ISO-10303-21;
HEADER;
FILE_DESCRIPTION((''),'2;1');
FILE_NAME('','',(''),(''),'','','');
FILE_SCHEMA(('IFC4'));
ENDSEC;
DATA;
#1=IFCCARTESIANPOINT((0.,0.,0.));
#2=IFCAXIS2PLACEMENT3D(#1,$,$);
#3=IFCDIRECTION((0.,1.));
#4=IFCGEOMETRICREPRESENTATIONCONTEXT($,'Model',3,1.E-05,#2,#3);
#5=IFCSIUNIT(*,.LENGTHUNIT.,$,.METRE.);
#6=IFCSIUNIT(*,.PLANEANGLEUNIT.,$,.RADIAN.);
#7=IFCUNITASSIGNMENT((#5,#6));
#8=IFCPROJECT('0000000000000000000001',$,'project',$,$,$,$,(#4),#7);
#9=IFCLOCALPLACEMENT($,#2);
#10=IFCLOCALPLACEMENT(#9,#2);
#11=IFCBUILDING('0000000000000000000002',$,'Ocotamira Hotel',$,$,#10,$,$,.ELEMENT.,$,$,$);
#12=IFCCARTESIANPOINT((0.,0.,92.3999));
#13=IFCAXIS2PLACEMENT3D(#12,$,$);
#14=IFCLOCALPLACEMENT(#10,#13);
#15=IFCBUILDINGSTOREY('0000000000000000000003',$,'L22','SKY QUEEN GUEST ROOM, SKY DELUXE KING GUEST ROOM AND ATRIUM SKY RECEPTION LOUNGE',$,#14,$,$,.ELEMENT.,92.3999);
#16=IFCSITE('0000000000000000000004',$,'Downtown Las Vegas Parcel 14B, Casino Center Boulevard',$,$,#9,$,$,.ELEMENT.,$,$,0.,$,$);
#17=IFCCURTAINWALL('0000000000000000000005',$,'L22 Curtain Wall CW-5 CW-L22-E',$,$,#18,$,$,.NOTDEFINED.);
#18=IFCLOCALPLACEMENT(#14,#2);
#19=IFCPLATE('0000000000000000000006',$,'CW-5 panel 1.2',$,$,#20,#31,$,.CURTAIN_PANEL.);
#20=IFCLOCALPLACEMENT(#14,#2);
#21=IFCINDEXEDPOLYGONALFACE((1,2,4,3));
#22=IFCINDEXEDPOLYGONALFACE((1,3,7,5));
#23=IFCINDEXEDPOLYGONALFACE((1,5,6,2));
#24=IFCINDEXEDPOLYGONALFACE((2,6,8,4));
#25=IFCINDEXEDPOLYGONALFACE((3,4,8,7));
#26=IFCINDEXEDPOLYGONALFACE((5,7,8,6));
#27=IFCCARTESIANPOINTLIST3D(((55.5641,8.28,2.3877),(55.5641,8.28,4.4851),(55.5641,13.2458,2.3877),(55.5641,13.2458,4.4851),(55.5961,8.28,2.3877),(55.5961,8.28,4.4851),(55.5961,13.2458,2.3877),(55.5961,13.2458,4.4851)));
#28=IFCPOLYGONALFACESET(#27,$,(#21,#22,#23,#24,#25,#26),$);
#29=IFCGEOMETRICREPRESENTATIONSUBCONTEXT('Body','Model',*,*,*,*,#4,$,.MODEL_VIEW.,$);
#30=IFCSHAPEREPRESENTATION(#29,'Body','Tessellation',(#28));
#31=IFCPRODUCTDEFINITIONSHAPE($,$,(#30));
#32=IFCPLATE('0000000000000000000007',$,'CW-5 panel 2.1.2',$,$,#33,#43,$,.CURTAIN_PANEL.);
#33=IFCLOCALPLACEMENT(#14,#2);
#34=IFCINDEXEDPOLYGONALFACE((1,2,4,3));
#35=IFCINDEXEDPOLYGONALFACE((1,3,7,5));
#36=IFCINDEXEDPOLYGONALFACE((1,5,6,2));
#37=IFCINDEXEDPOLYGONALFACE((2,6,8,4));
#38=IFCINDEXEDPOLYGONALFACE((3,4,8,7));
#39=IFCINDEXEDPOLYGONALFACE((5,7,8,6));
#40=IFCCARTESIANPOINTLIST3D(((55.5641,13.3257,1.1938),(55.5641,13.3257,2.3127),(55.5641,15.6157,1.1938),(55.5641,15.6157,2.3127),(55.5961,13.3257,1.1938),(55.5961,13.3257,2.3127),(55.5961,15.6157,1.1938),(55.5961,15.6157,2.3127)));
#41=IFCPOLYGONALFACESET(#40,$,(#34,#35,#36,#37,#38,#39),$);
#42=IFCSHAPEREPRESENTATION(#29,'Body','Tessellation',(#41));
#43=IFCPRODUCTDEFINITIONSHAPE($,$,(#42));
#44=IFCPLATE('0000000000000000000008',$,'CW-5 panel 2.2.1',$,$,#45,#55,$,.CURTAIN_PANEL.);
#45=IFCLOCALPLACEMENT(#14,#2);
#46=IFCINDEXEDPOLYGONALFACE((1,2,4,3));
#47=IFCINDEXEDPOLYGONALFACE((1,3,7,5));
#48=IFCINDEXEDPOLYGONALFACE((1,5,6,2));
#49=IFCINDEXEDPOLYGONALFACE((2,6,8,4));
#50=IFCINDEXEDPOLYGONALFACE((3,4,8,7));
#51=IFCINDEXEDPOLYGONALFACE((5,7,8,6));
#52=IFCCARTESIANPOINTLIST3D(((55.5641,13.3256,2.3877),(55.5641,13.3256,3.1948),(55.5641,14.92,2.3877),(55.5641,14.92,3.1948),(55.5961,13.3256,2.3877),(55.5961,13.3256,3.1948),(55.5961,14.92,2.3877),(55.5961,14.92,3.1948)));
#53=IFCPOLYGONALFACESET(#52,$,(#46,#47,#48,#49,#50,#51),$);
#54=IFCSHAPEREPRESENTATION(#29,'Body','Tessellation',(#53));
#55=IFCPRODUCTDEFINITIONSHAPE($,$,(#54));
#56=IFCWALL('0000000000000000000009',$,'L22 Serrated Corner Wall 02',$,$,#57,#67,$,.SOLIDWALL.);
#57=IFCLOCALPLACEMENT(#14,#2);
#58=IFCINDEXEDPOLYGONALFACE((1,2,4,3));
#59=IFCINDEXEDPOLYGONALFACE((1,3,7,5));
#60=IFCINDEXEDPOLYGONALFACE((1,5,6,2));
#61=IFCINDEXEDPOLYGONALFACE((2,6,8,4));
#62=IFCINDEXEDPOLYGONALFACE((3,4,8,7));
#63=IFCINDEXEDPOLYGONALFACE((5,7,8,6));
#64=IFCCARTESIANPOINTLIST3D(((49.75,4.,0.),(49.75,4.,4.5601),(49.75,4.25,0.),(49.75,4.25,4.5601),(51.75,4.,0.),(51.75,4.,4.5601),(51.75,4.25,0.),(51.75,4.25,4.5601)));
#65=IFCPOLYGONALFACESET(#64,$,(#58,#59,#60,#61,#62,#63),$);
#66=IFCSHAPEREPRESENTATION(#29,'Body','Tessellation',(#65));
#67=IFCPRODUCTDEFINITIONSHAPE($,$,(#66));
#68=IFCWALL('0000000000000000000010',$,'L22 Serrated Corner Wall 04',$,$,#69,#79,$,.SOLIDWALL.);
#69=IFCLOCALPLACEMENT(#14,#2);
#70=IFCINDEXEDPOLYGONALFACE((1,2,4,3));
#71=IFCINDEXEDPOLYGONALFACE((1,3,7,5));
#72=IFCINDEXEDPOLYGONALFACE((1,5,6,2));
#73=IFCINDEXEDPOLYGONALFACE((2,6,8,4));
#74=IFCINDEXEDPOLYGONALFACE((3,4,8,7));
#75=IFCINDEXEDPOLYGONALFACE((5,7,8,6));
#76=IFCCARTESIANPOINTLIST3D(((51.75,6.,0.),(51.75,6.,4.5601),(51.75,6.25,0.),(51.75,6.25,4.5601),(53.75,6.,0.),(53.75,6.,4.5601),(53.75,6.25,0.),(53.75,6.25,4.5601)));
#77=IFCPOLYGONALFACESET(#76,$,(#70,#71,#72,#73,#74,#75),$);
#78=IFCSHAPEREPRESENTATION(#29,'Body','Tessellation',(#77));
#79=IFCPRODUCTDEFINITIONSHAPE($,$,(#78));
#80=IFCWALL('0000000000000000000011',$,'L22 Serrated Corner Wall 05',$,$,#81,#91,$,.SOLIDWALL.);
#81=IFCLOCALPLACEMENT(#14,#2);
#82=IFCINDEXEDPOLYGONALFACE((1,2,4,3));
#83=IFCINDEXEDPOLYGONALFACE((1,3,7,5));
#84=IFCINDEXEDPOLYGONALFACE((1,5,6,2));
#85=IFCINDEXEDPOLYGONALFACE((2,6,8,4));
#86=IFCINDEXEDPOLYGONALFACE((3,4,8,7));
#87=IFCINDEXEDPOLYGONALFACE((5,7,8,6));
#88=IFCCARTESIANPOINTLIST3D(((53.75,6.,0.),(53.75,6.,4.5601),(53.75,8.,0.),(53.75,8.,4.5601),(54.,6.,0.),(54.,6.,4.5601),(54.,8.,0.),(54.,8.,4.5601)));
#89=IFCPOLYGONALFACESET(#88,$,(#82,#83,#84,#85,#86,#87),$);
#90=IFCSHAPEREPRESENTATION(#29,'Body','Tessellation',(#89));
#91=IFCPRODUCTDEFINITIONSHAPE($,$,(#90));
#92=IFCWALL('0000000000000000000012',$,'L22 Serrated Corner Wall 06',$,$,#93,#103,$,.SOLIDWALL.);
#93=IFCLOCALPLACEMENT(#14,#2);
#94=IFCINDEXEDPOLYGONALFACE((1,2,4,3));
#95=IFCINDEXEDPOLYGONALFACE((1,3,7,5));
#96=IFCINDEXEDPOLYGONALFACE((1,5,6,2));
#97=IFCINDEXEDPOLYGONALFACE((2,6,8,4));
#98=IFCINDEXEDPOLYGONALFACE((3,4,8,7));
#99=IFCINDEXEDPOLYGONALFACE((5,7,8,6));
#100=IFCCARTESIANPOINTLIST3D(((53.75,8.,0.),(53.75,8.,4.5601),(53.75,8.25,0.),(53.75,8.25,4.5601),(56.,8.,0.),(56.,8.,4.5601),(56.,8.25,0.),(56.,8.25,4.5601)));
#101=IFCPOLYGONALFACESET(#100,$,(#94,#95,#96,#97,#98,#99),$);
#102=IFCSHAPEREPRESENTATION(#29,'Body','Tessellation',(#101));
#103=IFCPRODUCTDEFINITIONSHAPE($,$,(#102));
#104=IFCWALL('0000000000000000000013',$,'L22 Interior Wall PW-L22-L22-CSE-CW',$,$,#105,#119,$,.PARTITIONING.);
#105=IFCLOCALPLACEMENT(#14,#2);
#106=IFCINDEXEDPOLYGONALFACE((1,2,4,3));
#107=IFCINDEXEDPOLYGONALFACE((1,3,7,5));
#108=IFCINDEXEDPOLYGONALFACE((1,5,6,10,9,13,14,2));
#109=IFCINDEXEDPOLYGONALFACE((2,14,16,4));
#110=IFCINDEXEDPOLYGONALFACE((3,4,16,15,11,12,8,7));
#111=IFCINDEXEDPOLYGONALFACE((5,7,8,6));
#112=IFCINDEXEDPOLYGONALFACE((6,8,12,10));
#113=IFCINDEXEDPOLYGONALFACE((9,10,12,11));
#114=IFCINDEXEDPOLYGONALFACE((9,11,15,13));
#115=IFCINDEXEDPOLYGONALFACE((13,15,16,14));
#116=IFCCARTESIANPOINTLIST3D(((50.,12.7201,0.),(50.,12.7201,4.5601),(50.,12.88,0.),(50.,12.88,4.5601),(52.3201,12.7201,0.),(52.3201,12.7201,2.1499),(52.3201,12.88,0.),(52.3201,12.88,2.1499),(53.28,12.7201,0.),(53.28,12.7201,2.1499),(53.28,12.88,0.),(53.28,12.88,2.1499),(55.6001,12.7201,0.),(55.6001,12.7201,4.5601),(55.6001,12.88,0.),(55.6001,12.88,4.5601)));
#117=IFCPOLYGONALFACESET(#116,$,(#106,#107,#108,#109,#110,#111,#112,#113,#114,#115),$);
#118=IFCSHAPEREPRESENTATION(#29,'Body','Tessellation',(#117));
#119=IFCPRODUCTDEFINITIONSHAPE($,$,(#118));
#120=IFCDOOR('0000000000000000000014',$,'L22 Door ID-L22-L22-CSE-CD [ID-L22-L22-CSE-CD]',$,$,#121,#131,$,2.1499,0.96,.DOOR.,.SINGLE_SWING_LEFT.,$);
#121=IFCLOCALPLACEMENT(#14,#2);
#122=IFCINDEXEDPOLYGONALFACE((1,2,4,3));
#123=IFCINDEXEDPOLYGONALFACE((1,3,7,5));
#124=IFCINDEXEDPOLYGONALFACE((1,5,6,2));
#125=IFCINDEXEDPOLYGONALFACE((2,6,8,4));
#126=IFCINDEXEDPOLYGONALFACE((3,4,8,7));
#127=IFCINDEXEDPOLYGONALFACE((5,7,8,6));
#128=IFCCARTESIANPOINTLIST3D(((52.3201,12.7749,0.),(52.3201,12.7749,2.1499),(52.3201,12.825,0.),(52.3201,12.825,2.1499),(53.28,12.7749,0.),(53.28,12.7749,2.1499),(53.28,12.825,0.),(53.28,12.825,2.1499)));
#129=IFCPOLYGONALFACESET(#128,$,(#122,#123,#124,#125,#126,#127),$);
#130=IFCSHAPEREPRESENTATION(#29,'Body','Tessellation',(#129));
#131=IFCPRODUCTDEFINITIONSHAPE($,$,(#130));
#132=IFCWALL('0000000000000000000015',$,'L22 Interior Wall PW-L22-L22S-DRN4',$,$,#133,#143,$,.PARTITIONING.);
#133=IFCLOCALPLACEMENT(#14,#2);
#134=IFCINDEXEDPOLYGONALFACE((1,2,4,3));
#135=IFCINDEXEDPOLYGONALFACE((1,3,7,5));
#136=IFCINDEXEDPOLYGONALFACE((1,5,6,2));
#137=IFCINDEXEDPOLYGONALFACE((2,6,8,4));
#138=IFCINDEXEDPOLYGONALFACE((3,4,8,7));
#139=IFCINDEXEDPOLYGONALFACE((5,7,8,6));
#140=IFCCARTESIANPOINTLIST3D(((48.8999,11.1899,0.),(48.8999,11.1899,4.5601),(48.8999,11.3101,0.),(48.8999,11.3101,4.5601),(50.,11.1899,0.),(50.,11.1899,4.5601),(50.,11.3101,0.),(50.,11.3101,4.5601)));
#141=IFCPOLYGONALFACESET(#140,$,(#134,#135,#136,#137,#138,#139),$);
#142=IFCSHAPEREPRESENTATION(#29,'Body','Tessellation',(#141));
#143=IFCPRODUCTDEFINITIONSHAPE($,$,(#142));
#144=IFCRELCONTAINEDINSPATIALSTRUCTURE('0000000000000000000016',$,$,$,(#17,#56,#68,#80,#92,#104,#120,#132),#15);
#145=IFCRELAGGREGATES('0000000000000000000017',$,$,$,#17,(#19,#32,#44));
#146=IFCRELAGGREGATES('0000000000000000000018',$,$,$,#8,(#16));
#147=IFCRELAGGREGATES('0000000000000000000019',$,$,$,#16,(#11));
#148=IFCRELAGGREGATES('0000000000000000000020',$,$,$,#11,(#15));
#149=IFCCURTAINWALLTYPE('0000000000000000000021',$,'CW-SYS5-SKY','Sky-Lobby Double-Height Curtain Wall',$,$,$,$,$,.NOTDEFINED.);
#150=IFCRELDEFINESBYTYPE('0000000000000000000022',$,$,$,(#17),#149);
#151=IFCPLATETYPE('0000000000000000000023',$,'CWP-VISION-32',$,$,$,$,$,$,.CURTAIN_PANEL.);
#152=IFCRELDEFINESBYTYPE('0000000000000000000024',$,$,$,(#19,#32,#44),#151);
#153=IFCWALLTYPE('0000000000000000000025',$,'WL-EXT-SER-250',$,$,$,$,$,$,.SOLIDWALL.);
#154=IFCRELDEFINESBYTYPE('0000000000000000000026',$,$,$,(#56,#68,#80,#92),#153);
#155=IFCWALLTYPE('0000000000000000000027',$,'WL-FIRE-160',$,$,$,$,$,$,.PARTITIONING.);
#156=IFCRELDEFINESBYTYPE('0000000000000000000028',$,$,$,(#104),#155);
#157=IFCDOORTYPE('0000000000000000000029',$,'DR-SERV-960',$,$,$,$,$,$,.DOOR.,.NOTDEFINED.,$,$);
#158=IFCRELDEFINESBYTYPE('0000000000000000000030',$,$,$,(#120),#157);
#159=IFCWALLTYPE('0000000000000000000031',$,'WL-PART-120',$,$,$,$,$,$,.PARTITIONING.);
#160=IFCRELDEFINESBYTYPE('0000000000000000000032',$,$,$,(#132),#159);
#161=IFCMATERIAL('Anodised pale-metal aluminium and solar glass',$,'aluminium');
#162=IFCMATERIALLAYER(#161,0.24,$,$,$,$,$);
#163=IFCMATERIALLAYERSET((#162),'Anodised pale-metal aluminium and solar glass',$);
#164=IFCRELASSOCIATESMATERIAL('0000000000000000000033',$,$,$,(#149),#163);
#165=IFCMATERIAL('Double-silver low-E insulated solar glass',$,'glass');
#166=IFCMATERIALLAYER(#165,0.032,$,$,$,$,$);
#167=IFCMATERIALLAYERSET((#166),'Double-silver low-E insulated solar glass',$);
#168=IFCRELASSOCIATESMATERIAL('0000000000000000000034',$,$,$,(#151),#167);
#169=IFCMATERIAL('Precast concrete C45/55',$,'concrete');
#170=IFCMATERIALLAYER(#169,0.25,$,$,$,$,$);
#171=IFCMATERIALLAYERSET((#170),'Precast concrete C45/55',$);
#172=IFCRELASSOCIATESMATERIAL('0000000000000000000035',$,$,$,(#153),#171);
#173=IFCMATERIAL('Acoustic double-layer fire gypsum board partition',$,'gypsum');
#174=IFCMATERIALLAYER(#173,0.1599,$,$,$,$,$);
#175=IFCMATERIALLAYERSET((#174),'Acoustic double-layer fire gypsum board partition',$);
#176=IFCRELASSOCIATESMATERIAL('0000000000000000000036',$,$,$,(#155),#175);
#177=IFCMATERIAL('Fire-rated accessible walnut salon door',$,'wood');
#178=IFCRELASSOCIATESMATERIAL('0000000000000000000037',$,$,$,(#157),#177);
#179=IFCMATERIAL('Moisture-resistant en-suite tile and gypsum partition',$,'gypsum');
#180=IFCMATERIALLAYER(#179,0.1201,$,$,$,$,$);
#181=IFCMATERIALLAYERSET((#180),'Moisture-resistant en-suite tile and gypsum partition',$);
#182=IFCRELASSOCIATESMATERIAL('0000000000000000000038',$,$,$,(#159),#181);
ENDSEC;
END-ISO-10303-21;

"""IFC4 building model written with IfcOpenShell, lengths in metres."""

from ifc_helpers import new_model, si_unit, direction, frame, frame_2d, origin, origin_2d, place, context, subcontext, project, spatial, rectangle, extrude, source, transform, mapped, material, layer, layer_set, type_object, element, fill, aggregate, save


model = new_model("IFC4")

# Units and contexts
model_context = context("Model", 3, precision=1e-05, world=origin(), true_north=direction((0.0, 1.0)))
body_context = subcontext(model_context, "Body", "Model", "MODEL_VIEW")
ifc_project = project(units=[si_unit("LENGTHUNIT", "METRE"), si_unit("PLANEANGLEUNIT", "RADIAN")], contexts=[model_context])

# Site, building, storey
site_placement = place(None, origin())
site = spatial("IfcSite", under=ifc_project, at=site_placement, Name="Downtown Las Vegas Parcel 14B, Casino Center Boulevard", CompositionType="ELEMENT", RefElevation=0.0)
building_placement = place(site_placement, origin())
building = spatial("IfcBuilding", under=site, at=building_placement, Name="Ocotamira Hotel", CompositionType="ELEMENT")
storey_placement = place(building_placement, frame((0.0, 0.0, 92.3999)))
storey = spatial("IfcBuildingStorey", under=building, at=storey_placement, Name="L22", Description="SKY QUEEN GUEST ROOM, SKY DELUXE KING GUEST ROOM AND ATRIUM SKY RECEPTION LOUNGE", CompositionType="ELEMENT", Elevation=92.3999)

# Curtain wall, plates
ifc_material_1 = material(Name="Anodised pale-metal aluminium and solar glass", Category="aluminium")
ifc_layer_1 = layer(ifc_material_1, 0.24)
ifc_layer_set_1 = layer_set([ifc_layer_1], Name="Anodised pale-metal aluminium and solar glass")
curtain_wall_type = type_object("IfcCurtainWallType", Name="CW-SYS5-SKY", Description="Sky-Lobby Double-Height Curtain Wall", PredefinedType="NOTDEFINED", material=ifc_layer_set_1)
curtain_wall_placement = place(storey_placement, origin())
curtain_wall = element("IfcCurtainWall", 1, at=curtain_wall_placement, inside=storey, type_object=curtain_wall_type, Name="L22 Curtain Wall CW-5 CW-L22-E", PredefinedType="NOTDEFINED")
ifc_material_2 = material(Name="Double-silver low-E insulated solar glass", Category="glass")
ifc_layer_2 = layer(ifc_material_2, 0.032)
ifc_layer_set_2 = layer_set([ifc_layer_2], Name="Double-silver low-E insulated solar glass")
plate_type = type_object("IfcPlateType", Name="CWP-VISION-32", PredefinedType="CURTAIN_PANEL", material=ifc_layer_set_2)
shared_shape_1 = source(origin(), body_context, "Body", "SweptSolid", [
    extrude(rectangle(XDim=4.9658, YDim=0.032, at=origin_2d()), origin(), (0.0, 0.0, 1.0), 2.0974),
])
plate_1_placement = place(storey_placement, frame((55.5801, 10.7629, 2.3877), z_axis=(0.0, 0.0, 1.0), x_axis=(0.0, 1.0, 0.0)))
plate_1 = element("IfcPlate", 2, at=plate_1_placement, type_object=plate_type, Name="CW-5 panel 1.2", PredefinedType="CURTAIN_PANEL", context=body_context, shape_type="MappedRepresentation", body=[
    mapped(shared_shape_1, transform((0.0, 0.0, 0.0), scale=1.0)),
])
shared_shape_2 = source(origin(), body_context, "Body", "SweptSolid", [
    extrude(rectangle(XDim=2.29, YDim=0.032, at=origin_2d()), origin(), (0.0, 0.0, 1.0), 1.1189),
])
plate_2_placement = place(storey_placement, frame((55.5801, 14.4707, 1.1938), z_axis=(0.0, 0.0, 1.0), x_axis=(0.0, 1.0, 0.0)))
plate_2 = element("IfcPlate", 3, at=plate_2_placement, type_object=plate_type, Name="CW-5 panel 2.1.2", PredefinedType="CURTAIN_PANEL", context=body_context, shape_type="MappedRepresentation", body=[
    mapped(shared_shape_2, transform((0.0, 0.0, 0.0), scale=1.0)),
])
shared_shape_3 = source(origin(), body_context, "Body", "SweptSolid", [
    extrude(rectangle(XDim=1.5945, YDim=0.032, at=origin_2d()), origin(), (0.0, 0.0, 1.0), 0.8071),
])
plate_3_placement = place(storey_placement, frame((55.5801, 14.1228, 2.3877), z_axis=(0.0, 0.0, 1.0), x_axis=(0.0, 1.0, 0.0)))
plate_3 = element("IfcPlate", 4, at=plate_3_placement, type_object=plate_type, Name="CW-5 panel 2.2.1", PredefinedType="CURTAIN_PANEL", context=body_context, shape_type="MappedRepresentation", body=[
    mapped(shared_shape_3, transform((0.0, 0.0, 0.0), scale=1.0)),
])
aggregate(curtain_wall, [plate_1, plate_2, plate_3])

# Walls
ifc_material_3 = material(Name="Precast concrete C45/55", Category="concrete")
ifc_layer_3 = layer(ifc_material_3, 0.25)
ifc_layer_set_3 = layer_set([ifc_layer_3], Name="Precast concrete C45/55")
wall_type_1 = type_object("IfcWallType", Name="WL-EXT-SER-250", PredefinedType="SOLIDWALL", material=ifc_layer_set_3)
for number, where, z_axis, x_axis, name in (
    (5, (49.75, 4.125, 0.0), (0.0, 0.0, 1.0), (1.0, 0.0, 0.0), "L22 Serrated Corner Wall 02"),
    (6, (51.75, 6.125, 0.0), (0.0, 0.0, 1.0), (1.0, 0.0, 0.0), "L22 Serrated Corner Wall 04"),
    (7, (53.875, 6.0, 0.0), (0.0, 0.0, 1.0), (0.0, 1.0, 0.0), "L22 Serrated Corner Wall 05"),
):
    element("IfcWall", number, at=place(storey_placement, frame(where, z_axis=z_axis, x_axis=x_axis)), inside=storey, type_object=wall_type_1, Name=name, PredefinedType="SOLIDWALL", context=body_context, shape_type="SweptSolid", body=[
        extrude(rectangle(XDim=2.0, YDim=0.25, at=frame_2d((1.0, 0.0))), origin(), (0.0, 0.0, 1.0), 4.5601),
    ])
wall_1_placement = place(storey_placement, frame((53.75, 8.125, 0.0), z_axis=(0.0, 0.0, 1.0), x_axis=(1.0, 0.0, 0.0)))
element("IfcWall", 8, at=wall_1_placement, inside=storey, type_object=wall_type_1, Name="L22 Serrated Corner Wall 06", PredefinedType="SOLIDWALL", context=body_context, shape_type="SweptSolid", body=[
    extrude(rectangle(XDim=2.25, YDim=0.25, at=frame_2d((1.125, 0.0))), origin(), (0.0, 0.0, 1.0), 4.5601),
])

# Wall, opening, door
ifc_material_4 = material(Name="Acoustic double-layer fire gypsum board partition", Category="gypsum")
ifc_layer_4 = layer(ifc_material_4, 0.1599)
ifc_layer_set_4 = layer_set([ifc_layer_4], Name="Acoustic double-layer fire gypsum board partition")
wall_type_2 = type_object("IfcWallType", Name="WL-FIRE-160", PredefinedType="PARTITIONING", material=ifc_layer_set_4)
wall_2_placement = place(storey_placement, frame((50.0, 12.8, 0.0), z_axis=(0.0, 0.0, 1.0), x_axis=(1.0, 0.0, 0.0)))
wall_2 = element("IfcWall", 9, at=wall_2_placement, inside=storey, type_object=wall_type_2, Name="L22 Interior Wall PW-L22-L22-CSE-CW", PredefinedType="PARTITIONING", context=body_context, shape_type="SweptSolid", body=[
    extrude(rectangle(XDim=5.6001, YDim=0.1599, at=frame_2d((2.8, 0.0))), origin(), (0.0, 0.0, 1.0), 4.5601),
])
opening_placement = place(wall_2_placement, frame((2.3201, 0.0, 0.0)))
opening = element("IfcOpeningElement", 10, at=opening_placement, cuts=wall_2, PredefinedType="OPENING", context=body_context, shape_type="SweptSolid", body=[
    extrude(rectangle(XDim=0.96, YDim=2.1499, at=frame_2d((0.48, 1.075))), frame((0.0, 0.0898, 0.0), z_axis=(0.0, -1.0, 0.0), x_axis=(1.0, 0.0, 0.0)), (0.0, 0.0, 1.0), 0.1799),
])
ifc_material_5 = material(Name="Fire-rated accessible walnut salon door", Category="wood")
door_type = type_object("IfcDoorType", Name="DR-SERV-960", OperationType="NOTDEFINED", PredefinedType="DOOR", material=ifc_material_5)
shared_shape_4 = source(origin(), body_context, "Body", "SweptSolid", [
    extrude(rectangle(XDim=0.96, YDim=2.1499, at=frame_2d((0.48, 1.075))), frame((0.0, 0.0249, 0.0), z_axis=(0.0, -1.0, 0.0), x_axis=(1.0, 0.0, 0.0)), (0.0, 0.0, 1.0), 0.05),
])
door_placement = place(opening_placement, origin())
door = element("IfcDoor", 11, at=door_placement, inside=storey, type_object=door_type, Name="L22 Door ID-L22-L22-CSE-CD [ID-L22-L22-CSE-CD]", OperationType="SINGLE_SWING_LEFT", OverallHeight=2.1499, OverallWidth=0.96, PredefinedType="DOOR", context=body_context, shape_type="MappedRepresentation", body=[
    mapped(shared_shape_4, transform((0.0, 0.0, 0.0), scale=1.0)),
])
fill(opening, door)

# Wall
ifc_material_6 = material(Name="Moisture-resistant en-suite tile and gypsum partition", Category="gypsum")
ifc_layer_5 = layer(ifc_material_6, 0.1201)
ifc_layer_set_5 = layer_set([ifc_layer_5], Name="Moisture-resistant en-suite tile and gypsum partition")
wall_type_3 = type_object("IfcWallType", Name="WL-PART-120", PredefinedType="PARTITIONING", material=ifc_layer_set_5)
wall_3_placement = place(storey_placement, frame((48.8999, 11.25, 0.0), z_axis=(0.0, 0.0, 1.0), x_axis=(1.0, 0.0, 0.0)))
element("IfcWall", 12, at=wall_3_placement, inside=storey, type_object=wall_type_3, Name="L22 Interior Wall PW-L22-L22S-DRN4", PredefinedType="PARTITIONING", context=body_context, shape_type="SweptSolid", body=[
    extrude(rectangle(XDim=1.1001, YDim=0.1201, at=frame_2d((0.55, 0.0))), origin(), (0.0, 0.0, 1.0), 4.5601),
])

save(model, "model.ifc")
